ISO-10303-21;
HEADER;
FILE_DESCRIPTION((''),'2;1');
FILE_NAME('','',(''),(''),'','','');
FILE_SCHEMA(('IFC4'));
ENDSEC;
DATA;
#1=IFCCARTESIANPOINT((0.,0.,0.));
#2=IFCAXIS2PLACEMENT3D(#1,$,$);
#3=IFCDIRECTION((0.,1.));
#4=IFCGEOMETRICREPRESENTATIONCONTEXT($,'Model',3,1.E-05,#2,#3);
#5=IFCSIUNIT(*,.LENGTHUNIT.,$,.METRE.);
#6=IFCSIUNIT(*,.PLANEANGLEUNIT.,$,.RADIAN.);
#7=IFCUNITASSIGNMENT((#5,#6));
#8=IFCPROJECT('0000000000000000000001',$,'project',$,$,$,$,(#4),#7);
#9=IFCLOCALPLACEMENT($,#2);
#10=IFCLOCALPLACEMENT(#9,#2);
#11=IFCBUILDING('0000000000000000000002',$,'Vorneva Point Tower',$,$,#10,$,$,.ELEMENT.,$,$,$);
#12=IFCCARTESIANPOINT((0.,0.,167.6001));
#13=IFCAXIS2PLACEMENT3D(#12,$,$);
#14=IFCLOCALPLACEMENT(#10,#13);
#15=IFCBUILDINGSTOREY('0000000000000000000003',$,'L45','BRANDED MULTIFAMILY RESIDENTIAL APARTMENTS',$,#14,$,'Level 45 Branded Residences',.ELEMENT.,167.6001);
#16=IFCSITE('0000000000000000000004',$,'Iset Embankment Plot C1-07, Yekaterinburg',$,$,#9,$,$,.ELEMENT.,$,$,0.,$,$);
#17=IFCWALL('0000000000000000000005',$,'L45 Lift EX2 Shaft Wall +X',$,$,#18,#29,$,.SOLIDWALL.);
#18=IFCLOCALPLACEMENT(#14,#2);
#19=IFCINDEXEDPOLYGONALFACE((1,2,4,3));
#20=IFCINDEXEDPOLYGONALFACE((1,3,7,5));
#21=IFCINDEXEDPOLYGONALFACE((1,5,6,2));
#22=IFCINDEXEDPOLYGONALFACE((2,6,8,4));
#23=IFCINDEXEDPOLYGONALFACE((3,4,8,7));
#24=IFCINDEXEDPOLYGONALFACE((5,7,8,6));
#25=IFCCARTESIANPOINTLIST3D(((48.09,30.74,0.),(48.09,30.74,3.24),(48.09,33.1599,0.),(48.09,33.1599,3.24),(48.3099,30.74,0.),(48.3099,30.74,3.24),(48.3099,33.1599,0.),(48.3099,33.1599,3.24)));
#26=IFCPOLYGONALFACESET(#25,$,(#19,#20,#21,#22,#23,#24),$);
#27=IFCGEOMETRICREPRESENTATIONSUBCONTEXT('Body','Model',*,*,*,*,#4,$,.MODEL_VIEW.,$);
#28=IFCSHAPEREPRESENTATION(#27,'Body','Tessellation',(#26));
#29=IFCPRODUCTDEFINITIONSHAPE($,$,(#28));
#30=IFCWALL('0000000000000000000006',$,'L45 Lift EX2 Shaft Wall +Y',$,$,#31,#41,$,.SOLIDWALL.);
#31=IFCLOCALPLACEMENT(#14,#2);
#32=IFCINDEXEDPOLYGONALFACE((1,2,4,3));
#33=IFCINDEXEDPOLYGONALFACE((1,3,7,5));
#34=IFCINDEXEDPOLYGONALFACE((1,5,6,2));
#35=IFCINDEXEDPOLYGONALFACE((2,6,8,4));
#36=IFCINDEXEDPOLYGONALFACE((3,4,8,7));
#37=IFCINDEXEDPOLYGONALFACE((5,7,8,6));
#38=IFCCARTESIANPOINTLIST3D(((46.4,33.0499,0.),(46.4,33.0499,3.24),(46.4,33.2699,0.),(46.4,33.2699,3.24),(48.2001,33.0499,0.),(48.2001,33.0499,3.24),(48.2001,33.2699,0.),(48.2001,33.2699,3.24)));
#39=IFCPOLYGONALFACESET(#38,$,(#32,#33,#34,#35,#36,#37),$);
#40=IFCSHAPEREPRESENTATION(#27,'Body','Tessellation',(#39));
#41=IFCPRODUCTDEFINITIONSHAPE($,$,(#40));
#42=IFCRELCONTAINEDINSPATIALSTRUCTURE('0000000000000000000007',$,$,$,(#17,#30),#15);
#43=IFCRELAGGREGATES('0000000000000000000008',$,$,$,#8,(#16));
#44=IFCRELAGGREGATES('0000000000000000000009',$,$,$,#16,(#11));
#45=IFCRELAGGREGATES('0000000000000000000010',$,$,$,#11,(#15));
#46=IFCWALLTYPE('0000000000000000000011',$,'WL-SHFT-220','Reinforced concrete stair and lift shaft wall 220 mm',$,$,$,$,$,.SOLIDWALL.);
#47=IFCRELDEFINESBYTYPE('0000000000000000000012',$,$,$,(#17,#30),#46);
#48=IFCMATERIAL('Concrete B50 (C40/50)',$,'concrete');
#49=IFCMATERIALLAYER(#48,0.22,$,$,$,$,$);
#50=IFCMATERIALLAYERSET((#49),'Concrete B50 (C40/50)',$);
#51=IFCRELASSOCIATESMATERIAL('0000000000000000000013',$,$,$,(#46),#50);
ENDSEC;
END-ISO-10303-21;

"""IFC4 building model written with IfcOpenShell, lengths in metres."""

from ifc_helpers import new_model, si_unit, direction, frame, frame_2d, origin, place, context, subcontext, project, spatial, rectangle, extrude, material, layer, layer_set, type_object, element, save


model = new_model("IFC4")

# Units and contexts
model_context = context("Model", 3, precision=1e-05, world=origin(), true_north=direction((0.0, 1.0)))
body_context = subcontext(model_context, "Body", "Model", "MODEL_VIEW")
ifc_project = project(units=[si_unit("LENGTHUNIT", "METRE"), si_unit("PLANEANGLEUNIT", "RADIAN")], contexts=[model_context])

# Site, building, storey
site_placement = place(None, origin())
site = spatial("IfcSite", under=ifc_project, at=site_placement, Name="Iset Embankment Plot C1-07, Yekaterinburg", CompositionType="ELEMENT", RefElevation=0.0)
building_placement = place(site_placement, origin())
building = spatial("IfcBuilding", under=site, at=building_placement, Name="Vorneva Point Tower", CompositionType="ELEMENT")
storey_placement = place(building_placement, frame((0.0, 0.0, 167.6001)))
storey = spatial("IfcBuildingStorey", under=building, at=storey_placement, Name="L45", Description="BRANDED MULTIFAMILY RESIDENTIAL APARTMENTS", LongName="Level 45 Branded Residences", CompositionType="ELEMENT", Elevation=167.6001)

# Walls
ifc_material_1 = material(Name="Concrete B50 (C40/50)", Category="concrete")
ifc_layer_1 = layer(ifc_material_1, 0.22)
ifc_layer_set_1 = layer_set([ifc_layer_1], Name="Concrete B50 (C40/50)")
wall_type_1 = type_object("IfcWallType", Name="WL-SHFT-220", Description="Reinforced concrete stair and lift shaft wall 220 mm", PredefinedType="SOLIDWALL", material=ifc_layer_set_1)
wall_1_placement = place(storey_placement, frame((48.2, 30.74, 0.0), z_axis=(0.0, 0.0, 1.0), x_axis=(0.0, 1.0, 0.0)))
element("IfcWall", 1, at=wall_1_placement, inside=storey, type_object=wall_type_1, Name="L45 Lift EX2 Shaft Wall +X", PredefinedType="SOLIDWALL", context=body_context, shape_type="SweptSolid", body=[
    extrude(rectangle(XDim=2.4199, YDim=0.22, at=frame_2d((1.21, 0.0))), origin(), (0.0, 0.0, 1.0), 3.24),
])
wall_2_placement = place(storey_placement, frame((48.2, 33.1599, 0.0), z_axis=(0.0, 0.0, 1.0), x_axis=(-1.0, 0.0, 0.0)))
element("IfcWall", 2, at=wall_2_placement, inside=storey, type_object=wall_type_1, Name="L45 Lift EX2 Shaft Wall +Y", PredefinedType="SOLIDWALL", context=body_context, shape_type="SweptSolid", body=[
    extrude(rectangle(XDim=1.8, YDim=0.22, at=frame_2d((0.8999, 0.0))), origin(), (0.0, 0.0, 1.0), 3.24),
])

save(model, "model.ifc")
